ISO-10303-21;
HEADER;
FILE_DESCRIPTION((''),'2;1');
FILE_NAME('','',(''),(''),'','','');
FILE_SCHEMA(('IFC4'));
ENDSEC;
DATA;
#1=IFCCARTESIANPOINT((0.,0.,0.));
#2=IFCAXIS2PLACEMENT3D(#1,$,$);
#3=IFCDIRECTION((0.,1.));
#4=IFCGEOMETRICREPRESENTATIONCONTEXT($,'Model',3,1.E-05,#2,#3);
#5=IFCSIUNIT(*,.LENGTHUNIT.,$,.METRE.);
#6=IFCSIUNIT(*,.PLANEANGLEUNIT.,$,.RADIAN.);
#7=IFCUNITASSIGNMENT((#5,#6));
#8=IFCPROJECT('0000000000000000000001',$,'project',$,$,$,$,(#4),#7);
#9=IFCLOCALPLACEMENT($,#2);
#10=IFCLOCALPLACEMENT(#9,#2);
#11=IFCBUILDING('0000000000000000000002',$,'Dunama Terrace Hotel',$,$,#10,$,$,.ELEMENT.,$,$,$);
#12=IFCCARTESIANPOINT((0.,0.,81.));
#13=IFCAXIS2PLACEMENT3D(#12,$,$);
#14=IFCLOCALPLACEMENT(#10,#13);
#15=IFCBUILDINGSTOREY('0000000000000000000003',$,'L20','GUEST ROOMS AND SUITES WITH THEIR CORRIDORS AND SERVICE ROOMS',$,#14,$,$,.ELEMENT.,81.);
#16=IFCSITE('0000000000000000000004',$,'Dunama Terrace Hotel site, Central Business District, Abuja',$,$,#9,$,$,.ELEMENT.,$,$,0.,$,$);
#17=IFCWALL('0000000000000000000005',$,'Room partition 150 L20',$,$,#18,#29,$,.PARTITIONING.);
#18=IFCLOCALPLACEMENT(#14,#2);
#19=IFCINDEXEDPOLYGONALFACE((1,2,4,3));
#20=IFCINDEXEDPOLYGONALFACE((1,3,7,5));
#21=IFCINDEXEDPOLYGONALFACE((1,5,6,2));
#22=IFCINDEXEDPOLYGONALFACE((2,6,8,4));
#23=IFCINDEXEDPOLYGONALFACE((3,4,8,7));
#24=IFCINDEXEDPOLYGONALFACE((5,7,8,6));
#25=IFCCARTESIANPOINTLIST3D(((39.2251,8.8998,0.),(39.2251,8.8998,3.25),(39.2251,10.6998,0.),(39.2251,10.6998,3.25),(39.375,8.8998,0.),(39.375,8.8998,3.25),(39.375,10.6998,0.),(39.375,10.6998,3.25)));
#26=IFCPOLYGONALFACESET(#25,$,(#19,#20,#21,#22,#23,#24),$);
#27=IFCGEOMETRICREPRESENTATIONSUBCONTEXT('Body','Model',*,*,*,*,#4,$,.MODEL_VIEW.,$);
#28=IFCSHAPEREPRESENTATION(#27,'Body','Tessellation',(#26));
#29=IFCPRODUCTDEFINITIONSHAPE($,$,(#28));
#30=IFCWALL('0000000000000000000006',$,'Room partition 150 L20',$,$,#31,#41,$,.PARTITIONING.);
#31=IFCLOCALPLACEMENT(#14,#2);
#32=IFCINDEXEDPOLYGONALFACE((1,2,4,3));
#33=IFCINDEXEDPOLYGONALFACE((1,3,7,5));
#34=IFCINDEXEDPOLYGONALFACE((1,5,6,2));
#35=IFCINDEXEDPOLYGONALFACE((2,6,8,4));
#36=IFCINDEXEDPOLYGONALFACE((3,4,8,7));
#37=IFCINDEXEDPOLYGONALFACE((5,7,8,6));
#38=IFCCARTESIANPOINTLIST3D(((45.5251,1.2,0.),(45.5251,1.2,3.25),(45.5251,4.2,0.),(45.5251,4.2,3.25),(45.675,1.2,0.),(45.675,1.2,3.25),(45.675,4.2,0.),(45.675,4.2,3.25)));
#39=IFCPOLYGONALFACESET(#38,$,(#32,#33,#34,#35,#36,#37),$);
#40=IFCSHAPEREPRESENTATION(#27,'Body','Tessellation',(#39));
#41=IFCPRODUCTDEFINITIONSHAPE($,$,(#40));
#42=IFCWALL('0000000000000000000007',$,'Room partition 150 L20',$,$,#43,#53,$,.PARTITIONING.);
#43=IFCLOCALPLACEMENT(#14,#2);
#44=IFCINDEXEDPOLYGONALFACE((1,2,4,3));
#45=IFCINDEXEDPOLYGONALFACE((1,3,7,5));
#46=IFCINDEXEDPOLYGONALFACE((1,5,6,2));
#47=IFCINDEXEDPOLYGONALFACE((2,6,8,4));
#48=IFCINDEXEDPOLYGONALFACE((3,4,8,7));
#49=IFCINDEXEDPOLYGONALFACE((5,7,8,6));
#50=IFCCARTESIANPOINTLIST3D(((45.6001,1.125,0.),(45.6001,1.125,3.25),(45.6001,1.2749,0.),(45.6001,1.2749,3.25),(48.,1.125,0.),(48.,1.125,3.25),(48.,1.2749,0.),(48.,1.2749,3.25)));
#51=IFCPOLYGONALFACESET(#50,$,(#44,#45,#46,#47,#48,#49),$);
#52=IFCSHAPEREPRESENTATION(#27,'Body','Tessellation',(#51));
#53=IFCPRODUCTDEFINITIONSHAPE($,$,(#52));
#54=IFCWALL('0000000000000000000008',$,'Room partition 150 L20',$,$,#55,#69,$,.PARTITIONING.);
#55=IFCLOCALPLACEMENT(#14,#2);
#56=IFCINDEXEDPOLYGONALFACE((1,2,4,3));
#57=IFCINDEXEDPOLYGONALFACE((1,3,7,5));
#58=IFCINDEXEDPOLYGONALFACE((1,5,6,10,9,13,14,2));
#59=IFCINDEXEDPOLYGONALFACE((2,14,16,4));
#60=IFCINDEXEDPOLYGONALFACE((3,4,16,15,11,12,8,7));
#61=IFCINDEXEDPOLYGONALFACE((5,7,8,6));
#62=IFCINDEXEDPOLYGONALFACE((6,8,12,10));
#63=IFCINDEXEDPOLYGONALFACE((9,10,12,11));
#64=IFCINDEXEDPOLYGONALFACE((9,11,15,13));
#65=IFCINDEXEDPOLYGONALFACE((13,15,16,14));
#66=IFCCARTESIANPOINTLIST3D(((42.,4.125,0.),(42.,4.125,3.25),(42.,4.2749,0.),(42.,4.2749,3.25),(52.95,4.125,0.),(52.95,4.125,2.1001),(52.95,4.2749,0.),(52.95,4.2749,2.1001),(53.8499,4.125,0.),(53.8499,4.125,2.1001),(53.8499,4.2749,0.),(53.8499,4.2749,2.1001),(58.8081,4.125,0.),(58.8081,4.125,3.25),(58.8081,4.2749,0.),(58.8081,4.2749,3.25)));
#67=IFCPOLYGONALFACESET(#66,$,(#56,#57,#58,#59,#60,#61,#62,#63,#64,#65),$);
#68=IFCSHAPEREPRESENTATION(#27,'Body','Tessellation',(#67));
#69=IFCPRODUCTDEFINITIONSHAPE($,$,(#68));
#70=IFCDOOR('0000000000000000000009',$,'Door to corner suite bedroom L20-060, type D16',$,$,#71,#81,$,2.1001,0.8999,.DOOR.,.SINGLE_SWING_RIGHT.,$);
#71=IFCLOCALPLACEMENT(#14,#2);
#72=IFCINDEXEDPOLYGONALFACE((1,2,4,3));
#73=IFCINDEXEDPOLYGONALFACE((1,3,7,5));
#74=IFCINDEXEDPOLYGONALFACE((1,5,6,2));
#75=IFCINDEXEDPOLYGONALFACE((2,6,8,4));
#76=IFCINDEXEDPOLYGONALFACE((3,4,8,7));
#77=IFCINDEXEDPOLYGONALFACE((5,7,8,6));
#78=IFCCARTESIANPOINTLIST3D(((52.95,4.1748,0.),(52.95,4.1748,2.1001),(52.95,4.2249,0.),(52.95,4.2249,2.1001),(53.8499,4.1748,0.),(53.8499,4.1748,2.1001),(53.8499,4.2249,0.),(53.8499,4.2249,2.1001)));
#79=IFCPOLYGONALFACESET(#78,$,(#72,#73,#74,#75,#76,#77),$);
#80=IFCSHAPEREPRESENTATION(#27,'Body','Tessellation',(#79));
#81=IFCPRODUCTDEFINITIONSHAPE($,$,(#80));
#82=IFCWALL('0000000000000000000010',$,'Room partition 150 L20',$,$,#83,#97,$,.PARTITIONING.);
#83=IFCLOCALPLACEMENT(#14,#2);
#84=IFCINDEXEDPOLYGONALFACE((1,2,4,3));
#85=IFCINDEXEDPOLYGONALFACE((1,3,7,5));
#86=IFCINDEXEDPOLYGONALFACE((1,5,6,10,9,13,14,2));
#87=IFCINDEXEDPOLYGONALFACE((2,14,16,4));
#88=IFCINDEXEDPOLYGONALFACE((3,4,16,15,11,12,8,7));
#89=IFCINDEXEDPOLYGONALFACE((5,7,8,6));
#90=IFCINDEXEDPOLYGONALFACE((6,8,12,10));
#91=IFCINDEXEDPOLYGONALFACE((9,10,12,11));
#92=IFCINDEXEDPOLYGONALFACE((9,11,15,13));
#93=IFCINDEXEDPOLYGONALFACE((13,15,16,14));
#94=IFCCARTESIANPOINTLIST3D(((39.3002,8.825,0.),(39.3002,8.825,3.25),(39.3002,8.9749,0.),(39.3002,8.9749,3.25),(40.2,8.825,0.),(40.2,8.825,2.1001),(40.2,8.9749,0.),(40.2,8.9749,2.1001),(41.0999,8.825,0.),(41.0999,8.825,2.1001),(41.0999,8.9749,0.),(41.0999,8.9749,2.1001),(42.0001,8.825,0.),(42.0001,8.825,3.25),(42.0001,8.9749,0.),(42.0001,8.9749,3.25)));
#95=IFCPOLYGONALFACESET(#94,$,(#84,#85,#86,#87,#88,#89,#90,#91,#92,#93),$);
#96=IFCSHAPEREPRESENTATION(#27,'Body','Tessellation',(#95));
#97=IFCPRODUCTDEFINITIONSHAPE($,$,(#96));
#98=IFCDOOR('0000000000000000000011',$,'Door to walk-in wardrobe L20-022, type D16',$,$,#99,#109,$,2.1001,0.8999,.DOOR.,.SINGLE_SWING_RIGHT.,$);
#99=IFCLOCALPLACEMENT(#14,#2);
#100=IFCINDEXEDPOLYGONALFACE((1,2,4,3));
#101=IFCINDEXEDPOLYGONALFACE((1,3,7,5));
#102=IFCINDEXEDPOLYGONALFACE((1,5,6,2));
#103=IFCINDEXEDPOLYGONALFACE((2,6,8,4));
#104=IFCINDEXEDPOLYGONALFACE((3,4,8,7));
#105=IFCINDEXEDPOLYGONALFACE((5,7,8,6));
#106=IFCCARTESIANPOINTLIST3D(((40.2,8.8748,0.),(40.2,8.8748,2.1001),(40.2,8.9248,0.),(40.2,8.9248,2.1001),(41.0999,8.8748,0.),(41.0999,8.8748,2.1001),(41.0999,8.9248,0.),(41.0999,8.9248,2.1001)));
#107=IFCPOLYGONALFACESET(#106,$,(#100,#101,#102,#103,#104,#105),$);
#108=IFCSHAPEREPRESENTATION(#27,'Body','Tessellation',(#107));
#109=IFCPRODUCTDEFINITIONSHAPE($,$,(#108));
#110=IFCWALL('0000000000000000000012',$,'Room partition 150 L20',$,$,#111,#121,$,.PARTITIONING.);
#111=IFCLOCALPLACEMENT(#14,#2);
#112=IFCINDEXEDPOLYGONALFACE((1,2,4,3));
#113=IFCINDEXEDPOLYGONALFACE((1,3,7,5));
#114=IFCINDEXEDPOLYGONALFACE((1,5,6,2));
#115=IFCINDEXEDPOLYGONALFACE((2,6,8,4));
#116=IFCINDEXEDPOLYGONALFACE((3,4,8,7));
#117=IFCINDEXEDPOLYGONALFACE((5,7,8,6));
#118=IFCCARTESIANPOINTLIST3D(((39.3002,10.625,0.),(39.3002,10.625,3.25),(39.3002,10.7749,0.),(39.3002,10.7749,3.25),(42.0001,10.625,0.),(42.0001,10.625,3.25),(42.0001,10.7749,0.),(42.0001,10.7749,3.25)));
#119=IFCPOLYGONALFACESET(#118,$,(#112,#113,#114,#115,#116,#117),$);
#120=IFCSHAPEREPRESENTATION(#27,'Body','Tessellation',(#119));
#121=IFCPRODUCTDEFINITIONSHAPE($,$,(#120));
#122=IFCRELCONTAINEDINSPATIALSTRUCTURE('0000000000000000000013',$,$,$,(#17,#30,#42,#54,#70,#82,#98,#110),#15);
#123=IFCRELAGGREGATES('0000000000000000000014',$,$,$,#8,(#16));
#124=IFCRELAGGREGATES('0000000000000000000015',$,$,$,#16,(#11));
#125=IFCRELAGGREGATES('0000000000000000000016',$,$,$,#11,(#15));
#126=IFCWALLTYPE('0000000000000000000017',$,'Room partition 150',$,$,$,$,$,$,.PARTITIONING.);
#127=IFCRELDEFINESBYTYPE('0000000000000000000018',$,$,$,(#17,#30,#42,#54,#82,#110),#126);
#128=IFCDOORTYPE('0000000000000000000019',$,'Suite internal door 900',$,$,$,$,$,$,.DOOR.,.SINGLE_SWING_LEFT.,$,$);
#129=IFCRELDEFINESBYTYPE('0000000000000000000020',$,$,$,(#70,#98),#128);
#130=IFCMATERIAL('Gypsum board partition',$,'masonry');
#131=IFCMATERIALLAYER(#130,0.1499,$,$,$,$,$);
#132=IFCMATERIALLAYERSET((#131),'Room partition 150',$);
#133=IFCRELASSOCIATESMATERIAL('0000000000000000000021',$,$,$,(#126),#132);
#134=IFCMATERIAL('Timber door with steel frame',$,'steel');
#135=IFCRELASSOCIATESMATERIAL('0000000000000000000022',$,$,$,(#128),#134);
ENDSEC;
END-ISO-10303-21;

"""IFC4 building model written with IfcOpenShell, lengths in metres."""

from ifc_helpers import new_model, si_unit, direction, frame, frame_2d, origin, place, context, subcontext, project, spatial, rectangle, extrude, material, layer, layer_set, type_object, element, fill, save


model = new_model("IFC4")

# Units and contexts
model_context = context("Model", 3, precision=1e-05, world=origin(), true_north=direction((0.0, 1.0)))
body_context = subcontext(model_context, "Body", "Model", "MODEL_VIEW")
ifc_project = project(units=[si_unit("LENGTHUNIT", "METRE"), si_unit("PLANEANGLEUNIT", "RADIAN")], contexts=[model_context])

# Site, building, storey
site_placement = place(None, origin())
site = spatial("IfcSite", under=ifc_project, at=site_placement, Name="Dunama Terrace Hotel site, Central Business District, Abuja", CompositionType="ELEMENT", RefElevation=0.0)
building_placement = place(site_placement, origin())
building = spatial("IfcBuilding", under=site, at=building_placement, Name="Dunama Terrace Hotel", CompositionType="ELEMENT")
storey_placement = place(building_placement, frame((0.0, 0.0, 81.0)))
storey = spatial("IfcBuildingStorey", under=building, at=storey_placement, Name="L20", Description="GUEST ROOMS AND SUITES WITH THEIR CORRIDORS AND SERVICE ROOMS", CompositionType="ELEMENT", Elevation=81.0)

# Walls
ifc_material_1 = material(Name="Gypsum board partition", Category="masonry")
ifc_layer_1 = layer(ifc_material_1, 0.1499)
ifc_layer_set_1 = layer_set([ifc_layer_1], Name="Room partition 150")
wall_type_1 = type_object("IfcWallType", Name="Room partition 150", PredefinedType="PARTITIONING", material=ifc_layer_set_1)
wall_1_placement = place(storey_placement, frame((39.3, 8.8999, 0.0), z_axis=(0.0, 0.0, 1.0), x_axis=(0.0, 1.0, 0.0)))
element("IfcWall", 1, at=wall_1_placement, inside=storey, type_object=wall_type_1, Name="Room partition 150 L20", PredefinedType="PARTITIONING", context=body_context, shape_type="SweptSolid", body=[
    extrude(rectangle(XDim=1.8, YDim=0.1499, at=frame_2d((0.8999, 0.0))), origin(), (0.0, 0.0, 1.0), 3.25),
])
wall_2_placement = place(storey_placement, frame((45.6001, 1.2, 0.0), z_axis=(0.0, 0.0, 1.0), x_axis=(0.0, 1.0, 0.0)))
element("IfcWall", 2, at=wall_2_placement, inside=storey, type_object=wall_type_1, Name="Room partition 150 L20", PredefinedType="PARTITIONING", context=body_context, shape_type="SweptSolid", body=[
    extrude(rectangle(XDim=3.0, YDim=0.1499, at=frame_2d((1.5, 0.0))), origin(), (0.0, 0.0, 1.0), 3.25),
])
wall_3_placement = place(storey_placement, frame((45.6001, 1.2, 0.0), z_axis=(0.0, 0.0, 1.0), x_axis=(1.0, 0.0, 0.0)))
element("IfcWall", 3, at=wall_3_placement, inside=storey, type_object=wall_type_1, Name="Room partition 150 L20", PredefinedType="PARTITIONING", context=body_context, shape_type="SweptSolid", body=[
    extrude(rectangle(XDim=2.3999, YDim=0.1499, at=frame_2d((1.2, 0.0))), origin(), (0.0, 0.0, 1.0), 3.25),
])

# Walls, openings, doors
wall_4_placement = place(storey_placement, frame((42.0, 4.2, 0.0), z_axis=(0.0, 0.0, 1.0), x_axis=(1.0, 0.0, 0.0)))
wall_4 = element("IfcWall", 4, at=wall_4_placement, inside=storey, type_object=wall_type_1, Name="Room partition 150 L20", PredefinedType="PARTITIONING", context=body_context, shape_type="SweptSolid", body=[
    extrude(rectangle(XDim=16.8081, YDim=0.1499, at=frame_2d((8.4041, 0.0))), origin(), (0.0, 0.0, 1.0), 3.25),
])
opening_1_placement = place(wall_4_placement, frame((10.95, 0.0, 0.0)))
opening_1 = element("IfcOpeningElement", 5, at=opening_1_placement, cuts=wall_4, PredefinedType="OPENING", context=body_context, shape_type="SweptSolid", body=[
    extrude(rectangle(XDim=0.8999, YDim=2.1001, at=frame_2d((0.45, 1.05))), frame((0.0, 0.085, 0.0), z_axis=(0.0, -1.0, 0.0), x_axis=(1.0, 0.0, 0.0)), (0.0, 0.0, 1.0), 0.1699),
])
ifc_material_2 = material(Name="Timber door with steel frame", Category="steel")
door_type_1 = type_object("IfcDoorType", Name="Suite internal door 900", OperationType="SINGLE_SWING_LEFT", PredefinedType="DOOR", material=ifc_material_2)
door_1_placement = place(opening_1_placement, frame((0.8999, 0.0, 0.0), z_axis=(0.0, 0.0, 1.0), x_axis=(-1.0, 0.0, 0.0)))
door_1 = element("IfcDoor", 6, at=door_1_placement, inside=storey, type_object=door_type_1, Name="Door to corner suite bedroom L20-060, type D16", OperationType="SINGLE_SWING_RIGHT", OverallHeight=2.1001, OverallWidth=0.8999, PredefinedType="DOOR", context=body_context, shape_type="SweptSolid", body=[
    extrude(rectangle(XDim=0.8999, YDim=2.1001, at=frame_2d((0.45, 1.05))), frame((0.0, 0.0251, 0.0), z_axis=(0.0, -1.0, 0.0), x_axis=(1.0, 0.0, 0.0)), (0.0, 0.0, 1.0), 0.05),
])
fill(opening_1, door_1)
wall_5_placement = place(storey_placement, frame((39.3, 8.8999, 0.0), z_axis=(0.0, 0.0, 1.0), x_axis=(1.0, 0.0, 0.0)))
wall_5 = element("IfcWall", 7, at=wall_5_placement, inside=storey, type_object=wall_type_1, Name="Room partition 150 L20", PredefinedType="PARTITIONING", context=body_context, shape_type="SweptSolid", body=[
    extrude(rectangle(XDim=2.7, YDim=0.1499, at=frame_2d((1.3501, 0.0))), origin(), (0.0, 0.0, 1.0), 3.25),
])
opening_2_placement = place(wall_5_placement, frame((0.8999, 0.0, 0.0)))
opening_2 = element("IfcOpeningElement", 8, at=opening_2_placement, cuts=wall_5, PredefinedType="OPENING", context=body_context, shape_type="SweptSolid", body=[
    extrude(rectangle(XDim=0.8999, YDim=2.1001, at=frame_2d((0.45, 1.05))), frame((0.0, 0.085, 0.0), z_axis=(0.0, -1.0, 0.0), x_axis=(1.0, 0.0, 0.0)), (0.0, 0.0, 1.0), 0.1699),
])
door_2_placement = place(opening_2_placement, origin())
door_2 = element("IfcDoor", 9, at=door_2_placement, inside=storey, type_object=door_type_1, Name="Door to walk-in wardrobe L20-022, type D16", OperationType="SINGLE_SWING_RIGHT", OverallHeight=2.1001, OverallWidth=0.8999, PredefinedType="DOOR", context=body_context, shape_type="SweptSolid", body=[
    extrude(rectangle(XDim=0.8999, YDim=2.1001, at=frame_2d((0.45, 1.05))), frame((0.0, 0.0249, 0.0), z_axis=(0.0, -1.0, 0.0), x_axis=(1.0, 0.0, 0.0)), (0.0, 0.0, 1.0), 0.05),
])
fill(opening_2, door_2)

# Wall
wall_6_placement = place(storey_placement, frame((39.3, 10.7, 0.0), z_axis=(0.0, 0.0, 1.0), x_axis=(1.0, 0.0, 0.0)))
element("IfcWall", 10, at=wall_6_placement, inside=storey, type_object=wall_type_1, Name="Room partition 150 L20", PredefinedType="PARTITIONING", context=body_context, shape_type="SweptSolid", body=[
    extrude(rectangle(XDim=2.7, YDim=0.1499, at=frame_2d((1.3501, 0.0))), origin(), (0.0, 0.0, 1.0), 3.25),
])

save(model, "model.ifc")
